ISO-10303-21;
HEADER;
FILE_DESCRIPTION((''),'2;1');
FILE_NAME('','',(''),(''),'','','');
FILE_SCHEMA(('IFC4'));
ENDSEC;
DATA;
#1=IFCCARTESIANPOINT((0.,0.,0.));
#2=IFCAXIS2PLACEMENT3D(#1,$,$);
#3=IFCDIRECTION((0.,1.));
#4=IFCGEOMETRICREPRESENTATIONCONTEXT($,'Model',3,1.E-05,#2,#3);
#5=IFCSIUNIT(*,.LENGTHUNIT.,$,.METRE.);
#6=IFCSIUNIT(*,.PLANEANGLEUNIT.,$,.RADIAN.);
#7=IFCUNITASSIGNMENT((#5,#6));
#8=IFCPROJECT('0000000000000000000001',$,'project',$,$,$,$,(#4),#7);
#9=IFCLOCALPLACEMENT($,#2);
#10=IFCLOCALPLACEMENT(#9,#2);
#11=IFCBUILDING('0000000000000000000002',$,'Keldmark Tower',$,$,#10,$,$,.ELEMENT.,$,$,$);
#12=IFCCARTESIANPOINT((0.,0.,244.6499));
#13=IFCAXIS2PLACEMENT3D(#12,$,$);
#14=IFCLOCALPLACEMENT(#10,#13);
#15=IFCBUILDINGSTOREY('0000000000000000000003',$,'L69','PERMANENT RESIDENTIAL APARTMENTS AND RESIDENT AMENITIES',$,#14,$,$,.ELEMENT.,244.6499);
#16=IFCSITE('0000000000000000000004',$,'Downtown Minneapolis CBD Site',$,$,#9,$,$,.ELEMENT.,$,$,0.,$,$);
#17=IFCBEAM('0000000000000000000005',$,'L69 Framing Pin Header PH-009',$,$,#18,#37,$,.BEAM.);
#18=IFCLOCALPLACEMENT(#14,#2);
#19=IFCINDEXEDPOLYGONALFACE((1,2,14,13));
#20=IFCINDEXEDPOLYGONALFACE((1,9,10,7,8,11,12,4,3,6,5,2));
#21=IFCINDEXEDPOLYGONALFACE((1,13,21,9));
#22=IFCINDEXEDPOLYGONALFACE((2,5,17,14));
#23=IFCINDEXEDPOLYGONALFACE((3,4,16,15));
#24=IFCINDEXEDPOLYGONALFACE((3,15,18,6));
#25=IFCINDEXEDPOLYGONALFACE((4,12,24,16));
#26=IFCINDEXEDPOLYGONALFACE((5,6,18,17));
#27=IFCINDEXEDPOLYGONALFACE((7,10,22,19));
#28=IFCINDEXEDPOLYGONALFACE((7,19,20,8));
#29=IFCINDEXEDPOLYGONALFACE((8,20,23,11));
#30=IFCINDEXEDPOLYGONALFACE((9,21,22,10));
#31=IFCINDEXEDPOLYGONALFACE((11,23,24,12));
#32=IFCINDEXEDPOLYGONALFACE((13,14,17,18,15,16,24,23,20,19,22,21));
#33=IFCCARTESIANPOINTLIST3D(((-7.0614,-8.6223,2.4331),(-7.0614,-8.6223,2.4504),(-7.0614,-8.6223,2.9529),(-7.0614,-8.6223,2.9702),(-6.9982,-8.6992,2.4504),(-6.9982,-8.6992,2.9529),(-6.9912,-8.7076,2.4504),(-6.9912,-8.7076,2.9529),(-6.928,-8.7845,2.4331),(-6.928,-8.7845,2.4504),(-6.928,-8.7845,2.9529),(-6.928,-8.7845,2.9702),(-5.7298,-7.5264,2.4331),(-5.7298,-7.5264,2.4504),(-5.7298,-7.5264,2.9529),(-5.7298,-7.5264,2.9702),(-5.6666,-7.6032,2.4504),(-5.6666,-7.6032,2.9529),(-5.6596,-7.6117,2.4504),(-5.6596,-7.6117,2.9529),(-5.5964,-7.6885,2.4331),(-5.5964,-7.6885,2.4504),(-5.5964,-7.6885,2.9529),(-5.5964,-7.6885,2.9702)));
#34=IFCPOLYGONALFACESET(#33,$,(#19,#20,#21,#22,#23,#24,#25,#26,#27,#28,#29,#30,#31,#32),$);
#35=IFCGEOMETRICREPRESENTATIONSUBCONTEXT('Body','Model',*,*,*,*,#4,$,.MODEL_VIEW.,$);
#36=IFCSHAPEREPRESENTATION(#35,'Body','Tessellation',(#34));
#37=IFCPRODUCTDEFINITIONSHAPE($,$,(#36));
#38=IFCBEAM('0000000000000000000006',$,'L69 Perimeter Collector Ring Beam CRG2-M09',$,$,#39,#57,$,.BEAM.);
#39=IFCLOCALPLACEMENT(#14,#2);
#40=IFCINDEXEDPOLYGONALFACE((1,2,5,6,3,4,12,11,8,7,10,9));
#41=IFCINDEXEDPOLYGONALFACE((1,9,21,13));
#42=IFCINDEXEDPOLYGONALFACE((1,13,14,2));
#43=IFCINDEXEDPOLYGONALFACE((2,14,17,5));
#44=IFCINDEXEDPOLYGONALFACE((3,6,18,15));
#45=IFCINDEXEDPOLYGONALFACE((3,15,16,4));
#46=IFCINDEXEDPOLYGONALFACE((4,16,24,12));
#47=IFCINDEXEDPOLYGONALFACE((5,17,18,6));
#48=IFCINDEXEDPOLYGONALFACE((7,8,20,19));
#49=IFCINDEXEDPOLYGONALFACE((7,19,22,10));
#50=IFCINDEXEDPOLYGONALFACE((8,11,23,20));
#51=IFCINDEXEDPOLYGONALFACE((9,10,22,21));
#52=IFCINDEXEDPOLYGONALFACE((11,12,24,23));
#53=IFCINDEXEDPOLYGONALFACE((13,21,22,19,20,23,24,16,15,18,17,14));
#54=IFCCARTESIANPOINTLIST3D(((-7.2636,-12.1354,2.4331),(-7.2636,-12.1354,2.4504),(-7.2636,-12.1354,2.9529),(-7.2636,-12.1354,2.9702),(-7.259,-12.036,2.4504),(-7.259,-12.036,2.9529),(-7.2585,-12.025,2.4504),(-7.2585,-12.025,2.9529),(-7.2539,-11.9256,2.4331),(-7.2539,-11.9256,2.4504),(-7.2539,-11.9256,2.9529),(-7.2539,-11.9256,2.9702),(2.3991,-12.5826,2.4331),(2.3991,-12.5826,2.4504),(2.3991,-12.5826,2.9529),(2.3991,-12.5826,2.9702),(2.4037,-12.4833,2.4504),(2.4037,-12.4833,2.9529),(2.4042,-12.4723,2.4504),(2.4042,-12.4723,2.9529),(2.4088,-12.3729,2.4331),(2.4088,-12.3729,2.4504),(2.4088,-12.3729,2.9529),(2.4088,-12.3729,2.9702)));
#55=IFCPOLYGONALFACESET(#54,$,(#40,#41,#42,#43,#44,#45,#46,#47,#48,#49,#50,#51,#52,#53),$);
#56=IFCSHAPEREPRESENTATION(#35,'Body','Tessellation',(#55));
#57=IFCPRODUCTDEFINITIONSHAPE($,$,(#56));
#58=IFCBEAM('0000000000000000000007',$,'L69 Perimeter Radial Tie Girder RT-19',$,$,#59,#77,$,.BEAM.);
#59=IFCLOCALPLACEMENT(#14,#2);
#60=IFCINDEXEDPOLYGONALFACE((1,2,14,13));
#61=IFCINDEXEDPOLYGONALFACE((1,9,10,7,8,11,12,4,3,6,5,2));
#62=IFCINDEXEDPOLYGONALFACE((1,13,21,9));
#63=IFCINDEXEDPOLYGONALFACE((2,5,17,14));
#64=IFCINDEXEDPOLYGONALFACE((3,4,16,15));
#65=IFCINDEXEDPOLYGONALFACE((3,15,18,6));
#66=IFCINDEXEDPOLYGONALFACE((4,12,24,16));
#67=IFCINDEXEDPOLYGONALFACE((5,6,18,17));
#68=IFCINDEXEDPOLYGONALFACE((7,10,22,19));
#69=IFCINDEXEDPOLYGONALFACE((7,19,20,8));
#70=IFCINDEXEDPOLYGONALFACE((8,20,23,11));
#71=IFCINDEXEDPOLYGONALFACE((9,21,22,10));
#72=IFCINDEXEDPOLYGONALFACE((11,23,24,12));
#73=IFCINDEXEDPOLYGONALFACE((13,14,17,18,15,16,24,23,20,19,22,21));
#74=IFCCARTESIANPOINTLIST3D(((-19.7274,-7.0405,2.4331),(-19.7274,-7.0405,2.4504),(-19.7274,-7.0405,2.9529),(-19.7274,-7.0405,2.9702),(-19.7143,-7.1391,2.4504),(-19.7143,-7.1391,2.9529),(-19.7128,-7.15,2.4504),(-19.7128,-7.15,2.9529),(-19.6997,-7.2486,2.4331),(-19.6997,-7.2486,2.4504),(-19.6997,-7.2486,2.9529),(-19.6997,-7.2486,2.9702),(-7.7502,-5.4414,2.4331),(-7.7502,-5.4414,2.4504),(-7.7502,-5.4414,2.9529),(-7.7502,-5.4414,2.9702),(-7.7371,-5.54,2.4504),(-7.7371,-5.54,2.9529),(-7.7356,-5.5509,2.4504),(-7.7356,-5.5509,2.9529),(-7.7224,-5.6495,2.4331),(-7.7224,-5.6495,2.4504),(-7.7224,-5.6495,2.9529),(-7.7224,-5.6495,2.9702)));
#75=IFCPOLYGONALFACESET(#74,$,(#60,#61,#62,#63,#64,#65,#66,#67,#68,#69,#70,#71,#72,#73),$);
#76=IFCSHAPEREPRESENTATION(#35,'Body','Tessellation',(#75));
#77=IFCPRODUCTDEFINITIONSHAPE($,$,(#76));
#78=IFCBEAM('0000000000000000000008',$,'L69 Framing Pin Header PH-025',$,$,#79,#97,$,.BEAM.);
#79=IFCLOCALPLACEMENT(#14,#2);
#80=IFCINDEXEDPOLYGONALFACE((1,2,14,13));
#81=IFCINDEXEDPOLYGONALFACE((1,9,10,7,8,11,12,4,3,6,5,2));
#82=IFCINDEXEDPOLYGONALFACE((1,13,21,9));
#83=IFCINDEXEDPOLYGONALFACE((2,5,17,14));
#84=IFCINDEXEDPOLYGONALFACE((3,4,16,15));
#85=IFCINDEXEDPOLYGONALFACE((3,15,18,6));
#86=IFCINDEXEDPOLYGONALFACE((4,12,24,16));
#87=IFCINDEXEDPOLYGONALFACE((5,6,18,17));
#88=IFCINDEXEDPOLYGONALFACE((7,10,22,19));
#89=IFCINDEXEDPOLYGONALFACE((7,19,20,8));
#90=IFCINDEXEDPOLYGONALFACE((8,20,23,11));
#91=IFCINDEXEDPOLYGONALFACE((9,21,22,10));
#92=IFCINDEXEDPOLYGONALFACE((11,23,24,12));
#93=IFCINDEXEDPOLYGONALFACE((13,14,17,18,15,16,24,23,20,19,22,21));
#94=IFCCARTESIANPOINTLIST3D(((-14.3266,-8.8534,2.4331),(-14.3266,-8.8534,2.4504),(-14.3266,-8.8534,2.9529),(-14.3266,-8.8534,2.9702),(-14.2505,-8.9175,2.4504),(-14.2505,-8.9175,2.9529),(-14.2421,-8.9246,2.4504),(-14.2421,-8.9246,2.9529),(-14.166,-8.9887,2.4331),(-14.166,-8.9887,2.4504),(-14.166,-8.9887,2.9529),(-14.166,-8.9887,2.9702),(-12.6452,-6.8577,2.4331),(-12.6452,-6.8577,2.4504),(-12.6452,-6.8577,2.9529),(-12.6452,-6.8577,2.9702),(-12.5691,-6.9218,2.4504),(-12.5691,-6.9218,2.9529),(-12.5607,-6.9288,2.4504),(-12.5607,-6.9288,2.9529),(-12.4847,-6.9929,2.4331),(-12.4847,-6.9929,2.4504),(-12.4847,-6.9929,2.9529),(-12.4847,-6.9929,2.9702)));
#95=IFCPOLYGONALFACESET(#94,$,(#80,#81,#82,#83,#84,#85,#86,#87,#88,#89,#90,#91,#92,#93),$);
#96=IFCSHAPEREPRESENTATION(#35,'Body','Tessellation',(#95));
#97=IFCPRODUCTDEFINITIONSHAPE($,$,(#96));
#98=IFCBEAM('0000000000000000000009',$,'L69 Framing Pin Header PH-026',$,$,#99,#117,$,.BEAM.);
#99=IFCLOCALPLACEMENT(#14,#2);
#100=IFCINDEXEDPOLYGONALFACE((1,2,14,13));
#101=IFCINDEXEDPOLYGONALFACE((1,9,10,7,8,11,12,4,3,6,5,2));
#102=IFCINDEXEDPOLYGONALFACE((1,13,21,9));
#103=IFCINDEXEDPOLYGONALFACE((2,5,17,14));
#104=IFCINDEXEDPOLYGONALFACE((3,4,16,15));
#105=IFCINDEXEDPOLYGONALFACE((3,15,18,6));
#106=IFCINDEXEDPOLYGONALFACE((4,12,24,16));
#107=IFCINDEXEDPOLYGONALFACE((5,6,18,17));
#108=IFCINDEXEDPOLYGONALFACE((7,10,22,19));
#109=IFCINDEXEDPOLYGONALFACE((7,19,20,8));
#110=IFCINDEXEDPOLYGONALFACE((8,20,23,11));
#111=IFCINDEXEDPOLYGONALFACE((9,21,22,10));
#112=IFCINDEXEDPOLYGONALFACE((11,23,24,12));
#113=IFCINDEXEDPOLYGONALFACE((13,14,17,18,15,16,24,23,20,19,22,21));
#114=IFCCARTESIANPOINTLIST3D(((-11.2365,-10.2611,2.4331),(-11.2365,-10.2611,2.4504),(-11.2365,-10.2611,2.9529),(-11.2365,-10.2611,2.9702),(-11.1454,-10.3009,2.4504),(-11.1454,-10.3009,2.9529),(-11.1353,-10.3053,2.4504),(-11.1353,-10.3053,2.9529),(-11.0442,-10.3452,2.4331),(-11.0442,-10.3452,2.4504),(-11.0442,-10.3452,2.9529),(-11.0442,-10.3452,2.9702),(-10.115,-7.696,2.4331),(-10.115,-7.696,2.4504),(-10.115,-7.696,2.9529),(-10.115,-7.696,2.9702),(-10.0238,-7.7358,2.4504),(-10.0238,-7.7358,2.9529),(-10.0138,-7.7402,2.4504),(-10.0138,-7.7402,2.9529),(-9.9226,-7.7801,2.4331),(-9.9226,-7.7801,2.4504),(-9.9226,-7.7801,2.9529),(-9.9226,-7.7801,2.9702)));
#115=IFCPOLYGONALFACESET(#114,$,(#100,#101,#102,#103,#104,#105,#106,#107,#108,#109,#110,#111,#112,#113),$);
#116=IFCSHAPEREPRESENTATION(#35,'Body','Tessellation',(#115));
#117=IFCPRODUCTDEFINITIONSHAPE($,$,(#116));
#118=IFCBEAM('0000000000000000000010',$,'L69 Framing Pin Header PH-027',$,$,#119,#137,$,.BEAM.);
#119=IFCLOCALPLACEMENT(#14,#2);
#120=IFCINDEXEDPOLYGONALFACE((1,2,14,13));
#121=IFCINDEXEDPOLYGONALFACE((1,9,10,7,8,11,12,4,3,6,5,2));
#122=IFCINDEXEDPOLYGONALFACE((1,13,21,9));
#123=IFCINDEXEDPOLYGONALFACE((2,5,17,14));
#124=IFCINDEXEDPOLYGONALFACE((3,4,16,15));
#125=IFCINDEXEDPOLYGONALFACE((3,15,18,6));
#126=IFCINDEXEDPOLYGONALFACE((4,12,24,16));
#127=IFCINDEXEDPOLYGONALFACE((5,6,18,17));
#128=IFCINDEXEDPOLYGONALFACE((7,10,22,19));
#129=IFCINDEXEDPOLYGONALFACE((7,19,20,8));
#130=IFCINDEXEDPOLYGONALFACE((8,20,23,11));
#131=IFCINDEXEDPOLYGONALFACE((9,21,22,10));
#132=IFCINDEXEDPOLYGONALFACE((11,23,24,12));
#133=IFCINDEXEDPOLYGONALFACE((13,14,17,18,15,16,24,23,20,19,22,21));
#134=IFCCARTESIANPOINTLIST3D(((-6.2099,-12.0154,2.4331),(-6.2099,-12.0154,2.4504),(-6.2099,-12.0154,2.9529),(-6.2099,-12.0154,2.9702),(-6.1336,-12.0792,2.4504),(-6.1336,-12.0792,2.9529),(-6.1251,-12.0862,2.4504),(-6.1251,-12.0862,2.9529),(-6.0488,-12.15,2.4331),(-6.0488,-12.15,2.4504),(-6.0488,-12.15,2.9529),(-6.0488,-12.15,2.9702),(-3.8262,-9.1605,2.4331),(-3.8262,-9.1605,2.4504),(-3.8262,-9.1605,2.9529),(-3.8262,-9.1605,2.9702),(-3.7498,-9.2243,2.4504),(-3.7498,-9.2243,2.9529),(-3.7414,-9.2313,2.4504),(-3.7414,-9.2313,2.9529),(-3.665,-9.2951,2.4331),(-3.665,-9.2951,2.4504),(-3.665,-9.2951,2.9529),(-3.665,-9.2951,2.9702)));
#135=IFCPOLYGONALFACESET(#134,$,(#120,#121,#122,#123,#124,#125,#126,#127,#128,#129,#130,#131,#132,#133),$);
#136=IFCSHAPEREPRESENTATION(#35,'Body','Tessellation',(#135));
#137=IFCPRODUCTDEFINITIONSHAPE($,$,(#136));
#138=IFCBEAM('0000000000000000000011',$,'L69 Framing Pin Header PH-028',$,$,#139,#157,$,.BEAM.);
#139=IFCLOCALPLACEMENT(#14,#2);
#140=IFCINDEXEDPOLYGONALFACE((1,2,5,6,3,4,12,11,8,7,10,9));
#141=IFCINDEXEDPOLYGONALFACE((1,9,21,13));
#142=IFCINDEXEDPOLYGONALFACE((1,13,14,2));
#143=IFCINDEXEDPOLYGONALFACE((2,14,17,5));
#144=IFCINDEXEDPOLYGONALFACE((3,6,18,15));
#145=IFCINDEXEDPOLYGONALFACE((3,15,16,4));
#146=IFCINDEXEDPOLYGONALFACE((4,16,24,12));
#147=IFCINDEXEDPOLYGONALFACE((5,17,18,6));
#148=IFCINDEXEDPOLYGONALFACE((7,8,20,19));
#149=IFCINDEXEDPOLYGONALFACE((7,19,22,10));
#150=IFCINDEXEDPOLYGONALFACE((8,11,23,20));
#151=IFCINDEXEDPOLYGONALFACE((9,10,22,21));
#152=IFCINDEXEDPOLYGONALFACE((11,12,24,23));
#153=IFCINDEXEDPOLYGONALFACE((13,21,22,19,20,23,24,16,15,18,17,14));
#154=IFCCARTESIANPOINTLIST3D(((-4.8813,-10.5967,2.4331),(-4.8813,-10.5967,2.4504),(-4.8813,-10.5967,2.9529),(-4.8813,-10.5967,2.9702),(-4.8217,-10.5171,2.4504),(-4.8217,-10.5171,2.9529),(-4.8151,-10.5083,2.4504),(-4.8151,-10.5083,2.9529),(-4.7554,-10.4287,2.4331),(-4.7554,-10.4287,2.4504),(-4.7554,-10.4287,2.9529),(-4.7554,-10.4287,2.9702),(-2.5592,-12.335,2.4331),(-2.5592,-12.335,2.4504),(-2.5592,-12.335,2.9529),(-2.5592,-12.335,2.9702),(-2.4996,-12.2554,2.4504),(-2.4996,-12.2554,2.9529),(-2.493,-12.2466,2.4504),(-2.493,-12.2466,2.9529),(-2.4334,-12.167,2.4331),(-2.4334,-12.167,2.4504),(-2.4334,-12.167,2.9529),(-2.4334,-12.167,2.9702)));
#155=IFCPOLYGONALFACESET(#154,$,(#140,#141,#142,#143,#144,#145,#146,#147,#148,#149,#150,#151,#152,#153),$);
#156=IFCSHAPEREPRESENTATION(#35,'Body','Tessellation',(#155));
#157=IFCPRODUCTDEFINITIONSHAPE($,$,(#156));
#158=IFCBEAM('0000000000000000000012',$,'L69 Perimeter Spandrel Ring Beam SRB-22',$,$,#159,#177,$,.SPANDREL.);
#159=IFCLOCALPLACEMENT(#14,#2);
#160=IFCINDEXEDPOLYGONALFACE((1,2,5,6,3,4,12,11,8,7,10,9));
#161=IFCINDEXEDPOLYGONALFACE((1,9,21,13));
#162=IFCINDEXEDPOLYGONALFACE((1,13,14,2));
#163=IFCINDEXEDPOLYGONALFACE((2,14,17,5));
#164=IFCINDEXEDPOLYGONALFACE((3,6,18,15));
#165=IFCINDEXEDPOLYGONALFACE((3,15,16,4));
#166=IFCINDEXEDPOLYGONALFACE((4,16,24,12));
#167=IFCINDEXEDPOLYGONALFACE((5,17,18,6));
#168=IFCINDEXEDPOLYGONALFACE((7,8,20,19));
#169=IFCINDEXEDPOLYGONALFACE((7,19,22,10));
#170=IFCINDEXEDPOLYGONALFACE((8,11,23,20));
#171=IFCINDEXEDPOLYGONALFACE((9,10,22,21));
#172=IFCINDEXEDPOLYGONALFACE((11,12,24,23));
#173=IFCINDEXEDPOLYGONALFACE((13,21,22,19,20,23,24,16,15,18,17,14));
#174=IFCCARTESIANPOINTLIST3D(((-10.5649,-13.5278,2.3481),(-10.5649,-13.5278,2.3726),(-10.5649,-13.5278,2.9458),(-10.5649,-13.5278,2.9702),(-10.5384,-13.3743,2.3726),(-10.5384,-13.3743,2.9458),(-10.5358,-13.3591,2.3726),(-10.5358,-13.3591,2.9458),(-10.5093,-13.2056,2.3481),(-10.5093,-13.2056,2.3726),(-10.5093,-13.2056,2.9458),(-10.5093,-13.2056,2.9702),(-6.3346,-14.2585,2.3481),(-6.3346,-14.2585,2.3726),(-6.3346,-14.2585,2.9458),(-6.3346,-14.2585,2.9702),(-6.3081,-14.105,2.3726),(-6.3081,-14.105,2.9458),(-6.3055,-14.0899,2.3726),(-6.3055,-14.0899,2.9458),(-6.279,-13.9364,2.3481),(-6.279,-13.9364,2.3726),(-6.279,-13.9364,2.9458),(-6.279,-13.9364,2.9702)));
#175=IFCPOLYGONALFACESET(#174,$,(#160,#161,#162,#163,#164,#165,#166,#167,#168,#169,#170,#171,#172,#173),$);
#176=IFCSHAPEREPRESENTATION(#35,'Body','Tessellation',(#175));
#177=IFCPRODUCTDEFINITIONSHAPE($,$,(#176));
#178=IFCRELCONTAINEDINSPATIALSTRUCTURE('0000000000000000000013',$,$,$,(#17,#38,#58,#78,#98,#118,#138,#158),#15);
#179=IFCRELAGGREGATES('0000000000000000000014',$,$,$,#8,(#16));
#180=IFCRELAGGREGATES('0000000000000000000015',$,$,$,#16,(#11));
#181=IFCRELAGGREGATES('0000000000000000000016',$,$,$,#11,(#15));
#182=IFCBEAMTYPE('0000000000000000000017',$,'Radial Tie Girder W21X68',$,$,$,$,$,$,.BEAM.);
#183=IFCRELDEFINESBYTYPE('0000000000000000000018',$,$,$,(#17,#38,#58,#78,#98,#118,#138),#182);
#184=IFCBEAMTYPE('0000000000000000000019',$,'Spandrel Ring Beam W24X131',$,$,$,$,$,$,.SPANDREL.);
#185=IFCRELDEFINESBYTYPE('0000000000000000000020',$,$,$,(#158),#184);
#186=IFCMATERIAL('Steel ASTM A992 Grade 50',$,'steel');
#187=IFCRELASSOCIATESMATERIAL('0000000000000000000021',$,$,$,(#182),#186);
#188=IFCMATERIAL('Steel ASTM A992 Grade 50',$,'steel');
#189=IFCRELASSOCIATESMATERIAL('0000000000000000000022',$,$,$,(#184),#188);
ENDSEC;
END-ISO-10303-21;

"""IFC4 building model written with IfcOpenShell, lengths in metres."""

from ifc_helpers import new_model, si_unit, direction, frame, origin, origin_2d, place, context, subcontext, project, spatial, i_section, extrude, material, material_profile, profile_set, type_object, element, save


model = new_model("IFC4")

# Units and contexts
model_context = context("Model", 3, precision=1e-05, world=origin(), true_north=direction((0.0, 1.0)))
body_context = subcontext(model_context, "Body", "Model", "MODEL_VIEW")
ifc_project = project(units=[si_unit("LENGTHUNIT", "METRE"), si_unit("PLANEANGLEUNIT", "RADIAN")], contexts=[model_context])

# Site, building, storey
site_placement = place(None, origin())
site = spatial("IfcSite", under=ifc_project, at=site_placement, Name="Downtown Minneapolis CBD Site", CompositionType="ELEMENT", RefElevation=0.0)
building_placement = place(site_placement, origin())
building = spatial("IfcBuilding", under=site, at=building_placement, Name="Keldmark Tower", CompositionType="ELEMENT")
storey_placement = place(building_placement, frame((0.0, 0.0, 244.6499)))
storey = spatial("IfcBuildingStorey", under=building, at=storey_placement, Name="L69", Description="PERMANENT RESIDENTIAL APARTMENTS AND RESIDENT AMENITIES", CompositionType="ELEMENT", Elevation=244.6499)

# Beams
ifc_material_1 = material(Name="Steel ASTM A992 Grade 50", Category="steel")
ifc_material_profile_1 = material_profile(ifc_material_1, i_section(OverallWidth=0.21, OverallDepth=0.5371, WebThickness=0.011, FlangeThickness=0.0173, at=origin_2d()), Name="W21X68")
ifc_profile_set_1 = profile_set([ifc_material_profile_1], Name="Steel ASTM A992 Grade 50")
beam_type_1 = type_object("IfcBeamType", Name="Radial Tie Girder W21X68", PredefinedType="BEAM", material=ifc_profile_set_1)
beam_1_placement = place(storey_placement, frame((-5.6631, -7.6074, 2.7017), z_axis=(-0.772106, -0.635494, 0.0), x_axis=(0.635494, -0.772106, 0.0)))
element("IfcBeam", 1, at=beam_1_placement, inside=storey, type_object=beam_type_1, Name="L69 Framing Pin Header PH-009", PredefinedType="BEAM", context=body_context, shape_type="SweptSolid", body=[
    extrude(i_section(OverallWidth=0.21, OverallDepth=0.5371, WebThickness=0.011, FlangeThickness=0.0173, at=origin_2d()), origin(), (0.0, 0.0, 1.0), 1.7246),
])
beam_2_placement = place(storey_placement, frame((-7.2588, -12.0305, 2.7017), z_axis=(0.99893, -0.046238, 0.0), x_axis=(0.046238, 0.99893, 0.0)))
element("IfcBeam", 2, at=beam_2_placement, inside=storey, type_object=beam_type_1, Name="L69 Perimeter Collector Ring Beam CRG2-M09", PredefinedType="BEAM", context=body_context, shape_type="SweptSolid", body=[
    extrude(i_section(OverallWidth=0.21, OverallDepth=0.5371, WebThickness=0.011, FlangeThickness=0.0173, at=origin_2d()), origin(), (0.0, 0.0, 1.0), 9.6731),
])
beam_3_placement = place(storey_placement, frame((-7.7363, -5.5454, 2.7017), z_axis=(-0.991205, -0.132338, 0.0), x_axis=(0.132338, -0.991205, 0.0)))
element("IfcBeam", 3, at=beam_3_placement, inside=storey, type_object=beam_type_1, Name="L69 Perimeter Radial Tie Girder RT-19", PredefinedType="BEAM", context=body_context, shape_type="SweptSolid", body=[
    extrude(i_section(OverallWidth=0.21, OverallDepth=0.5371, WebThickness=0.011, FlangeThickness=0.0173, at=origin_2d()), origin(), (0.0, 0.0, 1.0), 12.0835),
])
beam_4_placement = place(storey_placement, frame((-12.5649, -6.9253, 2.7017), z_axis=(-0.644288, -0.764783, 0.0), x_axis=(0.764783, -0.644288, 0.0)))
element("IfcBeam", 4, at=beam_4_placement, inside=storey, type_object=beam_type_1, Name="L69 Framing Pin Header PH-025", PredefinedType="BEAM", context=body_context, shape_type="SweptSolid", body=[
    extrude(i_section(OverallWidth=0.21, OverallDepth=0.5371, WebThickness=0.011, FlangeThickness=0.0173, at=origin_2d()), origin(), (0.0, 0.0, 1.0), 2.6096),
])
beam_5_placement = place(storey_placement, frame((-10.0188, -7.738, 2.7017), z_axis=(-0.400613, -0.916247, 0.0), x_axis=(0.916247, -0.400613, 0.0)))
element("IfcBeam", 5, at=beam_5_placement, inside=storey, type_object=beam_type_1, Name="L69 Framing Pin Header PH-026", PredefinedType="BEAM", context=body_context, shape_type="SweptSolid", body=[
    extrude(i_section(OverallWidth=0.21, OverallDepth=0.5371, WebThickness=0.011, FlangeThickness=0.0173, at=origin_2d()), origin(), (0.0, 0.0, 1.0), 2.7996),
])
beam_6_placement = place(storey_placement, frame((-3.7456, -9.2278, 2.7017), z_axis=(-0.64092, -0.767608, 0.0), x_axis=(0.767608, -0.64092, 0.0)))
element("IfcBeam", 6, at=beam_6_placement, inside=storey, type_object=beam_type_1, Name="L69 Framing Pin Header PH-027", PredefinedType="BEAM", context=body_context, shape_type="SweptSolid", body=[
    extrude(i_section(OverallWidth=0.21, OverallDepth=0.5371, WebThickness=0.011, FlangeThickness=0.0173, at=origin_2d()), origin(), (0.0, 0.0, 1.0), 3.7192),
])
beam_7_placement = place(storey_placement, frame((-4.8184, -10.5127, 2.7017), z_axis=(0.800535, -0.599286, 0.0), x_axis=(0.599286, 0.800535, 0.0)))
element("IfcBeam", 7, at=beam_7_placement, inside=storey, type_object=beam_type_1, Name="L69 Framing Pin Header PH-028", PredefinedType="BEAM", context=body_context, shape_type="SweptSolid", body=[
    extrude(i_section(OverallWidth=0.21, OverallDepth=0.5371, WebThickness=0.011, FlangeThickness=0.0173, at=origin_2d()), origin(), (0.0, 0.0, 1.0), 2.9006),
])
ifc_material_2 = material(Name="Steel ASTM A992 Grade 50", Category="steel")
ifc_material_profile_2 = material_profile(ifc_material_2, i_section(OverallWidth=0.3269, OverallDepth=0.6221, WebThickness=0.0154, FlangeThickness=0.0244, at=origin_2d()), Name="W24X131")
ifc_profile_set_2 = profile_set([ifc_material_profile_2], Name="Steel ASTM A992 Grade 50")
beam_type_2 = type_object("IfcBeamType", Name="Spandrel Ring Beam W24X131", PredefinedType="SPANDREL", material=ifc_profile_set_2)
beam_8_placement = place(storey_placement, frame((-10.5371, -13.3667, 2.6592), z_axis=(0.985407, -0.170215, 0.0), x_axis=(0.170215, 0.985407, 0.0)))
element("IfcBeam", 8, at=beam_8_placement, inside=storey, type_object=beam_type_2, Name="L69 Perimeter Spandrel Ring Beam SRB-22", PredefinedType="SPANDREL", context=body_context, shape_type="SweptSolid", body=[
    extrude(i_section(OverallWidth=0.3269, OverallDepth=0.6221, WebThickness=0.0154, FlangeThickness=0.0244, at=origin_2d()), origin(), (0.0, 0.0, 1.0), 4.293),
])

save(model, "model.ifc")
